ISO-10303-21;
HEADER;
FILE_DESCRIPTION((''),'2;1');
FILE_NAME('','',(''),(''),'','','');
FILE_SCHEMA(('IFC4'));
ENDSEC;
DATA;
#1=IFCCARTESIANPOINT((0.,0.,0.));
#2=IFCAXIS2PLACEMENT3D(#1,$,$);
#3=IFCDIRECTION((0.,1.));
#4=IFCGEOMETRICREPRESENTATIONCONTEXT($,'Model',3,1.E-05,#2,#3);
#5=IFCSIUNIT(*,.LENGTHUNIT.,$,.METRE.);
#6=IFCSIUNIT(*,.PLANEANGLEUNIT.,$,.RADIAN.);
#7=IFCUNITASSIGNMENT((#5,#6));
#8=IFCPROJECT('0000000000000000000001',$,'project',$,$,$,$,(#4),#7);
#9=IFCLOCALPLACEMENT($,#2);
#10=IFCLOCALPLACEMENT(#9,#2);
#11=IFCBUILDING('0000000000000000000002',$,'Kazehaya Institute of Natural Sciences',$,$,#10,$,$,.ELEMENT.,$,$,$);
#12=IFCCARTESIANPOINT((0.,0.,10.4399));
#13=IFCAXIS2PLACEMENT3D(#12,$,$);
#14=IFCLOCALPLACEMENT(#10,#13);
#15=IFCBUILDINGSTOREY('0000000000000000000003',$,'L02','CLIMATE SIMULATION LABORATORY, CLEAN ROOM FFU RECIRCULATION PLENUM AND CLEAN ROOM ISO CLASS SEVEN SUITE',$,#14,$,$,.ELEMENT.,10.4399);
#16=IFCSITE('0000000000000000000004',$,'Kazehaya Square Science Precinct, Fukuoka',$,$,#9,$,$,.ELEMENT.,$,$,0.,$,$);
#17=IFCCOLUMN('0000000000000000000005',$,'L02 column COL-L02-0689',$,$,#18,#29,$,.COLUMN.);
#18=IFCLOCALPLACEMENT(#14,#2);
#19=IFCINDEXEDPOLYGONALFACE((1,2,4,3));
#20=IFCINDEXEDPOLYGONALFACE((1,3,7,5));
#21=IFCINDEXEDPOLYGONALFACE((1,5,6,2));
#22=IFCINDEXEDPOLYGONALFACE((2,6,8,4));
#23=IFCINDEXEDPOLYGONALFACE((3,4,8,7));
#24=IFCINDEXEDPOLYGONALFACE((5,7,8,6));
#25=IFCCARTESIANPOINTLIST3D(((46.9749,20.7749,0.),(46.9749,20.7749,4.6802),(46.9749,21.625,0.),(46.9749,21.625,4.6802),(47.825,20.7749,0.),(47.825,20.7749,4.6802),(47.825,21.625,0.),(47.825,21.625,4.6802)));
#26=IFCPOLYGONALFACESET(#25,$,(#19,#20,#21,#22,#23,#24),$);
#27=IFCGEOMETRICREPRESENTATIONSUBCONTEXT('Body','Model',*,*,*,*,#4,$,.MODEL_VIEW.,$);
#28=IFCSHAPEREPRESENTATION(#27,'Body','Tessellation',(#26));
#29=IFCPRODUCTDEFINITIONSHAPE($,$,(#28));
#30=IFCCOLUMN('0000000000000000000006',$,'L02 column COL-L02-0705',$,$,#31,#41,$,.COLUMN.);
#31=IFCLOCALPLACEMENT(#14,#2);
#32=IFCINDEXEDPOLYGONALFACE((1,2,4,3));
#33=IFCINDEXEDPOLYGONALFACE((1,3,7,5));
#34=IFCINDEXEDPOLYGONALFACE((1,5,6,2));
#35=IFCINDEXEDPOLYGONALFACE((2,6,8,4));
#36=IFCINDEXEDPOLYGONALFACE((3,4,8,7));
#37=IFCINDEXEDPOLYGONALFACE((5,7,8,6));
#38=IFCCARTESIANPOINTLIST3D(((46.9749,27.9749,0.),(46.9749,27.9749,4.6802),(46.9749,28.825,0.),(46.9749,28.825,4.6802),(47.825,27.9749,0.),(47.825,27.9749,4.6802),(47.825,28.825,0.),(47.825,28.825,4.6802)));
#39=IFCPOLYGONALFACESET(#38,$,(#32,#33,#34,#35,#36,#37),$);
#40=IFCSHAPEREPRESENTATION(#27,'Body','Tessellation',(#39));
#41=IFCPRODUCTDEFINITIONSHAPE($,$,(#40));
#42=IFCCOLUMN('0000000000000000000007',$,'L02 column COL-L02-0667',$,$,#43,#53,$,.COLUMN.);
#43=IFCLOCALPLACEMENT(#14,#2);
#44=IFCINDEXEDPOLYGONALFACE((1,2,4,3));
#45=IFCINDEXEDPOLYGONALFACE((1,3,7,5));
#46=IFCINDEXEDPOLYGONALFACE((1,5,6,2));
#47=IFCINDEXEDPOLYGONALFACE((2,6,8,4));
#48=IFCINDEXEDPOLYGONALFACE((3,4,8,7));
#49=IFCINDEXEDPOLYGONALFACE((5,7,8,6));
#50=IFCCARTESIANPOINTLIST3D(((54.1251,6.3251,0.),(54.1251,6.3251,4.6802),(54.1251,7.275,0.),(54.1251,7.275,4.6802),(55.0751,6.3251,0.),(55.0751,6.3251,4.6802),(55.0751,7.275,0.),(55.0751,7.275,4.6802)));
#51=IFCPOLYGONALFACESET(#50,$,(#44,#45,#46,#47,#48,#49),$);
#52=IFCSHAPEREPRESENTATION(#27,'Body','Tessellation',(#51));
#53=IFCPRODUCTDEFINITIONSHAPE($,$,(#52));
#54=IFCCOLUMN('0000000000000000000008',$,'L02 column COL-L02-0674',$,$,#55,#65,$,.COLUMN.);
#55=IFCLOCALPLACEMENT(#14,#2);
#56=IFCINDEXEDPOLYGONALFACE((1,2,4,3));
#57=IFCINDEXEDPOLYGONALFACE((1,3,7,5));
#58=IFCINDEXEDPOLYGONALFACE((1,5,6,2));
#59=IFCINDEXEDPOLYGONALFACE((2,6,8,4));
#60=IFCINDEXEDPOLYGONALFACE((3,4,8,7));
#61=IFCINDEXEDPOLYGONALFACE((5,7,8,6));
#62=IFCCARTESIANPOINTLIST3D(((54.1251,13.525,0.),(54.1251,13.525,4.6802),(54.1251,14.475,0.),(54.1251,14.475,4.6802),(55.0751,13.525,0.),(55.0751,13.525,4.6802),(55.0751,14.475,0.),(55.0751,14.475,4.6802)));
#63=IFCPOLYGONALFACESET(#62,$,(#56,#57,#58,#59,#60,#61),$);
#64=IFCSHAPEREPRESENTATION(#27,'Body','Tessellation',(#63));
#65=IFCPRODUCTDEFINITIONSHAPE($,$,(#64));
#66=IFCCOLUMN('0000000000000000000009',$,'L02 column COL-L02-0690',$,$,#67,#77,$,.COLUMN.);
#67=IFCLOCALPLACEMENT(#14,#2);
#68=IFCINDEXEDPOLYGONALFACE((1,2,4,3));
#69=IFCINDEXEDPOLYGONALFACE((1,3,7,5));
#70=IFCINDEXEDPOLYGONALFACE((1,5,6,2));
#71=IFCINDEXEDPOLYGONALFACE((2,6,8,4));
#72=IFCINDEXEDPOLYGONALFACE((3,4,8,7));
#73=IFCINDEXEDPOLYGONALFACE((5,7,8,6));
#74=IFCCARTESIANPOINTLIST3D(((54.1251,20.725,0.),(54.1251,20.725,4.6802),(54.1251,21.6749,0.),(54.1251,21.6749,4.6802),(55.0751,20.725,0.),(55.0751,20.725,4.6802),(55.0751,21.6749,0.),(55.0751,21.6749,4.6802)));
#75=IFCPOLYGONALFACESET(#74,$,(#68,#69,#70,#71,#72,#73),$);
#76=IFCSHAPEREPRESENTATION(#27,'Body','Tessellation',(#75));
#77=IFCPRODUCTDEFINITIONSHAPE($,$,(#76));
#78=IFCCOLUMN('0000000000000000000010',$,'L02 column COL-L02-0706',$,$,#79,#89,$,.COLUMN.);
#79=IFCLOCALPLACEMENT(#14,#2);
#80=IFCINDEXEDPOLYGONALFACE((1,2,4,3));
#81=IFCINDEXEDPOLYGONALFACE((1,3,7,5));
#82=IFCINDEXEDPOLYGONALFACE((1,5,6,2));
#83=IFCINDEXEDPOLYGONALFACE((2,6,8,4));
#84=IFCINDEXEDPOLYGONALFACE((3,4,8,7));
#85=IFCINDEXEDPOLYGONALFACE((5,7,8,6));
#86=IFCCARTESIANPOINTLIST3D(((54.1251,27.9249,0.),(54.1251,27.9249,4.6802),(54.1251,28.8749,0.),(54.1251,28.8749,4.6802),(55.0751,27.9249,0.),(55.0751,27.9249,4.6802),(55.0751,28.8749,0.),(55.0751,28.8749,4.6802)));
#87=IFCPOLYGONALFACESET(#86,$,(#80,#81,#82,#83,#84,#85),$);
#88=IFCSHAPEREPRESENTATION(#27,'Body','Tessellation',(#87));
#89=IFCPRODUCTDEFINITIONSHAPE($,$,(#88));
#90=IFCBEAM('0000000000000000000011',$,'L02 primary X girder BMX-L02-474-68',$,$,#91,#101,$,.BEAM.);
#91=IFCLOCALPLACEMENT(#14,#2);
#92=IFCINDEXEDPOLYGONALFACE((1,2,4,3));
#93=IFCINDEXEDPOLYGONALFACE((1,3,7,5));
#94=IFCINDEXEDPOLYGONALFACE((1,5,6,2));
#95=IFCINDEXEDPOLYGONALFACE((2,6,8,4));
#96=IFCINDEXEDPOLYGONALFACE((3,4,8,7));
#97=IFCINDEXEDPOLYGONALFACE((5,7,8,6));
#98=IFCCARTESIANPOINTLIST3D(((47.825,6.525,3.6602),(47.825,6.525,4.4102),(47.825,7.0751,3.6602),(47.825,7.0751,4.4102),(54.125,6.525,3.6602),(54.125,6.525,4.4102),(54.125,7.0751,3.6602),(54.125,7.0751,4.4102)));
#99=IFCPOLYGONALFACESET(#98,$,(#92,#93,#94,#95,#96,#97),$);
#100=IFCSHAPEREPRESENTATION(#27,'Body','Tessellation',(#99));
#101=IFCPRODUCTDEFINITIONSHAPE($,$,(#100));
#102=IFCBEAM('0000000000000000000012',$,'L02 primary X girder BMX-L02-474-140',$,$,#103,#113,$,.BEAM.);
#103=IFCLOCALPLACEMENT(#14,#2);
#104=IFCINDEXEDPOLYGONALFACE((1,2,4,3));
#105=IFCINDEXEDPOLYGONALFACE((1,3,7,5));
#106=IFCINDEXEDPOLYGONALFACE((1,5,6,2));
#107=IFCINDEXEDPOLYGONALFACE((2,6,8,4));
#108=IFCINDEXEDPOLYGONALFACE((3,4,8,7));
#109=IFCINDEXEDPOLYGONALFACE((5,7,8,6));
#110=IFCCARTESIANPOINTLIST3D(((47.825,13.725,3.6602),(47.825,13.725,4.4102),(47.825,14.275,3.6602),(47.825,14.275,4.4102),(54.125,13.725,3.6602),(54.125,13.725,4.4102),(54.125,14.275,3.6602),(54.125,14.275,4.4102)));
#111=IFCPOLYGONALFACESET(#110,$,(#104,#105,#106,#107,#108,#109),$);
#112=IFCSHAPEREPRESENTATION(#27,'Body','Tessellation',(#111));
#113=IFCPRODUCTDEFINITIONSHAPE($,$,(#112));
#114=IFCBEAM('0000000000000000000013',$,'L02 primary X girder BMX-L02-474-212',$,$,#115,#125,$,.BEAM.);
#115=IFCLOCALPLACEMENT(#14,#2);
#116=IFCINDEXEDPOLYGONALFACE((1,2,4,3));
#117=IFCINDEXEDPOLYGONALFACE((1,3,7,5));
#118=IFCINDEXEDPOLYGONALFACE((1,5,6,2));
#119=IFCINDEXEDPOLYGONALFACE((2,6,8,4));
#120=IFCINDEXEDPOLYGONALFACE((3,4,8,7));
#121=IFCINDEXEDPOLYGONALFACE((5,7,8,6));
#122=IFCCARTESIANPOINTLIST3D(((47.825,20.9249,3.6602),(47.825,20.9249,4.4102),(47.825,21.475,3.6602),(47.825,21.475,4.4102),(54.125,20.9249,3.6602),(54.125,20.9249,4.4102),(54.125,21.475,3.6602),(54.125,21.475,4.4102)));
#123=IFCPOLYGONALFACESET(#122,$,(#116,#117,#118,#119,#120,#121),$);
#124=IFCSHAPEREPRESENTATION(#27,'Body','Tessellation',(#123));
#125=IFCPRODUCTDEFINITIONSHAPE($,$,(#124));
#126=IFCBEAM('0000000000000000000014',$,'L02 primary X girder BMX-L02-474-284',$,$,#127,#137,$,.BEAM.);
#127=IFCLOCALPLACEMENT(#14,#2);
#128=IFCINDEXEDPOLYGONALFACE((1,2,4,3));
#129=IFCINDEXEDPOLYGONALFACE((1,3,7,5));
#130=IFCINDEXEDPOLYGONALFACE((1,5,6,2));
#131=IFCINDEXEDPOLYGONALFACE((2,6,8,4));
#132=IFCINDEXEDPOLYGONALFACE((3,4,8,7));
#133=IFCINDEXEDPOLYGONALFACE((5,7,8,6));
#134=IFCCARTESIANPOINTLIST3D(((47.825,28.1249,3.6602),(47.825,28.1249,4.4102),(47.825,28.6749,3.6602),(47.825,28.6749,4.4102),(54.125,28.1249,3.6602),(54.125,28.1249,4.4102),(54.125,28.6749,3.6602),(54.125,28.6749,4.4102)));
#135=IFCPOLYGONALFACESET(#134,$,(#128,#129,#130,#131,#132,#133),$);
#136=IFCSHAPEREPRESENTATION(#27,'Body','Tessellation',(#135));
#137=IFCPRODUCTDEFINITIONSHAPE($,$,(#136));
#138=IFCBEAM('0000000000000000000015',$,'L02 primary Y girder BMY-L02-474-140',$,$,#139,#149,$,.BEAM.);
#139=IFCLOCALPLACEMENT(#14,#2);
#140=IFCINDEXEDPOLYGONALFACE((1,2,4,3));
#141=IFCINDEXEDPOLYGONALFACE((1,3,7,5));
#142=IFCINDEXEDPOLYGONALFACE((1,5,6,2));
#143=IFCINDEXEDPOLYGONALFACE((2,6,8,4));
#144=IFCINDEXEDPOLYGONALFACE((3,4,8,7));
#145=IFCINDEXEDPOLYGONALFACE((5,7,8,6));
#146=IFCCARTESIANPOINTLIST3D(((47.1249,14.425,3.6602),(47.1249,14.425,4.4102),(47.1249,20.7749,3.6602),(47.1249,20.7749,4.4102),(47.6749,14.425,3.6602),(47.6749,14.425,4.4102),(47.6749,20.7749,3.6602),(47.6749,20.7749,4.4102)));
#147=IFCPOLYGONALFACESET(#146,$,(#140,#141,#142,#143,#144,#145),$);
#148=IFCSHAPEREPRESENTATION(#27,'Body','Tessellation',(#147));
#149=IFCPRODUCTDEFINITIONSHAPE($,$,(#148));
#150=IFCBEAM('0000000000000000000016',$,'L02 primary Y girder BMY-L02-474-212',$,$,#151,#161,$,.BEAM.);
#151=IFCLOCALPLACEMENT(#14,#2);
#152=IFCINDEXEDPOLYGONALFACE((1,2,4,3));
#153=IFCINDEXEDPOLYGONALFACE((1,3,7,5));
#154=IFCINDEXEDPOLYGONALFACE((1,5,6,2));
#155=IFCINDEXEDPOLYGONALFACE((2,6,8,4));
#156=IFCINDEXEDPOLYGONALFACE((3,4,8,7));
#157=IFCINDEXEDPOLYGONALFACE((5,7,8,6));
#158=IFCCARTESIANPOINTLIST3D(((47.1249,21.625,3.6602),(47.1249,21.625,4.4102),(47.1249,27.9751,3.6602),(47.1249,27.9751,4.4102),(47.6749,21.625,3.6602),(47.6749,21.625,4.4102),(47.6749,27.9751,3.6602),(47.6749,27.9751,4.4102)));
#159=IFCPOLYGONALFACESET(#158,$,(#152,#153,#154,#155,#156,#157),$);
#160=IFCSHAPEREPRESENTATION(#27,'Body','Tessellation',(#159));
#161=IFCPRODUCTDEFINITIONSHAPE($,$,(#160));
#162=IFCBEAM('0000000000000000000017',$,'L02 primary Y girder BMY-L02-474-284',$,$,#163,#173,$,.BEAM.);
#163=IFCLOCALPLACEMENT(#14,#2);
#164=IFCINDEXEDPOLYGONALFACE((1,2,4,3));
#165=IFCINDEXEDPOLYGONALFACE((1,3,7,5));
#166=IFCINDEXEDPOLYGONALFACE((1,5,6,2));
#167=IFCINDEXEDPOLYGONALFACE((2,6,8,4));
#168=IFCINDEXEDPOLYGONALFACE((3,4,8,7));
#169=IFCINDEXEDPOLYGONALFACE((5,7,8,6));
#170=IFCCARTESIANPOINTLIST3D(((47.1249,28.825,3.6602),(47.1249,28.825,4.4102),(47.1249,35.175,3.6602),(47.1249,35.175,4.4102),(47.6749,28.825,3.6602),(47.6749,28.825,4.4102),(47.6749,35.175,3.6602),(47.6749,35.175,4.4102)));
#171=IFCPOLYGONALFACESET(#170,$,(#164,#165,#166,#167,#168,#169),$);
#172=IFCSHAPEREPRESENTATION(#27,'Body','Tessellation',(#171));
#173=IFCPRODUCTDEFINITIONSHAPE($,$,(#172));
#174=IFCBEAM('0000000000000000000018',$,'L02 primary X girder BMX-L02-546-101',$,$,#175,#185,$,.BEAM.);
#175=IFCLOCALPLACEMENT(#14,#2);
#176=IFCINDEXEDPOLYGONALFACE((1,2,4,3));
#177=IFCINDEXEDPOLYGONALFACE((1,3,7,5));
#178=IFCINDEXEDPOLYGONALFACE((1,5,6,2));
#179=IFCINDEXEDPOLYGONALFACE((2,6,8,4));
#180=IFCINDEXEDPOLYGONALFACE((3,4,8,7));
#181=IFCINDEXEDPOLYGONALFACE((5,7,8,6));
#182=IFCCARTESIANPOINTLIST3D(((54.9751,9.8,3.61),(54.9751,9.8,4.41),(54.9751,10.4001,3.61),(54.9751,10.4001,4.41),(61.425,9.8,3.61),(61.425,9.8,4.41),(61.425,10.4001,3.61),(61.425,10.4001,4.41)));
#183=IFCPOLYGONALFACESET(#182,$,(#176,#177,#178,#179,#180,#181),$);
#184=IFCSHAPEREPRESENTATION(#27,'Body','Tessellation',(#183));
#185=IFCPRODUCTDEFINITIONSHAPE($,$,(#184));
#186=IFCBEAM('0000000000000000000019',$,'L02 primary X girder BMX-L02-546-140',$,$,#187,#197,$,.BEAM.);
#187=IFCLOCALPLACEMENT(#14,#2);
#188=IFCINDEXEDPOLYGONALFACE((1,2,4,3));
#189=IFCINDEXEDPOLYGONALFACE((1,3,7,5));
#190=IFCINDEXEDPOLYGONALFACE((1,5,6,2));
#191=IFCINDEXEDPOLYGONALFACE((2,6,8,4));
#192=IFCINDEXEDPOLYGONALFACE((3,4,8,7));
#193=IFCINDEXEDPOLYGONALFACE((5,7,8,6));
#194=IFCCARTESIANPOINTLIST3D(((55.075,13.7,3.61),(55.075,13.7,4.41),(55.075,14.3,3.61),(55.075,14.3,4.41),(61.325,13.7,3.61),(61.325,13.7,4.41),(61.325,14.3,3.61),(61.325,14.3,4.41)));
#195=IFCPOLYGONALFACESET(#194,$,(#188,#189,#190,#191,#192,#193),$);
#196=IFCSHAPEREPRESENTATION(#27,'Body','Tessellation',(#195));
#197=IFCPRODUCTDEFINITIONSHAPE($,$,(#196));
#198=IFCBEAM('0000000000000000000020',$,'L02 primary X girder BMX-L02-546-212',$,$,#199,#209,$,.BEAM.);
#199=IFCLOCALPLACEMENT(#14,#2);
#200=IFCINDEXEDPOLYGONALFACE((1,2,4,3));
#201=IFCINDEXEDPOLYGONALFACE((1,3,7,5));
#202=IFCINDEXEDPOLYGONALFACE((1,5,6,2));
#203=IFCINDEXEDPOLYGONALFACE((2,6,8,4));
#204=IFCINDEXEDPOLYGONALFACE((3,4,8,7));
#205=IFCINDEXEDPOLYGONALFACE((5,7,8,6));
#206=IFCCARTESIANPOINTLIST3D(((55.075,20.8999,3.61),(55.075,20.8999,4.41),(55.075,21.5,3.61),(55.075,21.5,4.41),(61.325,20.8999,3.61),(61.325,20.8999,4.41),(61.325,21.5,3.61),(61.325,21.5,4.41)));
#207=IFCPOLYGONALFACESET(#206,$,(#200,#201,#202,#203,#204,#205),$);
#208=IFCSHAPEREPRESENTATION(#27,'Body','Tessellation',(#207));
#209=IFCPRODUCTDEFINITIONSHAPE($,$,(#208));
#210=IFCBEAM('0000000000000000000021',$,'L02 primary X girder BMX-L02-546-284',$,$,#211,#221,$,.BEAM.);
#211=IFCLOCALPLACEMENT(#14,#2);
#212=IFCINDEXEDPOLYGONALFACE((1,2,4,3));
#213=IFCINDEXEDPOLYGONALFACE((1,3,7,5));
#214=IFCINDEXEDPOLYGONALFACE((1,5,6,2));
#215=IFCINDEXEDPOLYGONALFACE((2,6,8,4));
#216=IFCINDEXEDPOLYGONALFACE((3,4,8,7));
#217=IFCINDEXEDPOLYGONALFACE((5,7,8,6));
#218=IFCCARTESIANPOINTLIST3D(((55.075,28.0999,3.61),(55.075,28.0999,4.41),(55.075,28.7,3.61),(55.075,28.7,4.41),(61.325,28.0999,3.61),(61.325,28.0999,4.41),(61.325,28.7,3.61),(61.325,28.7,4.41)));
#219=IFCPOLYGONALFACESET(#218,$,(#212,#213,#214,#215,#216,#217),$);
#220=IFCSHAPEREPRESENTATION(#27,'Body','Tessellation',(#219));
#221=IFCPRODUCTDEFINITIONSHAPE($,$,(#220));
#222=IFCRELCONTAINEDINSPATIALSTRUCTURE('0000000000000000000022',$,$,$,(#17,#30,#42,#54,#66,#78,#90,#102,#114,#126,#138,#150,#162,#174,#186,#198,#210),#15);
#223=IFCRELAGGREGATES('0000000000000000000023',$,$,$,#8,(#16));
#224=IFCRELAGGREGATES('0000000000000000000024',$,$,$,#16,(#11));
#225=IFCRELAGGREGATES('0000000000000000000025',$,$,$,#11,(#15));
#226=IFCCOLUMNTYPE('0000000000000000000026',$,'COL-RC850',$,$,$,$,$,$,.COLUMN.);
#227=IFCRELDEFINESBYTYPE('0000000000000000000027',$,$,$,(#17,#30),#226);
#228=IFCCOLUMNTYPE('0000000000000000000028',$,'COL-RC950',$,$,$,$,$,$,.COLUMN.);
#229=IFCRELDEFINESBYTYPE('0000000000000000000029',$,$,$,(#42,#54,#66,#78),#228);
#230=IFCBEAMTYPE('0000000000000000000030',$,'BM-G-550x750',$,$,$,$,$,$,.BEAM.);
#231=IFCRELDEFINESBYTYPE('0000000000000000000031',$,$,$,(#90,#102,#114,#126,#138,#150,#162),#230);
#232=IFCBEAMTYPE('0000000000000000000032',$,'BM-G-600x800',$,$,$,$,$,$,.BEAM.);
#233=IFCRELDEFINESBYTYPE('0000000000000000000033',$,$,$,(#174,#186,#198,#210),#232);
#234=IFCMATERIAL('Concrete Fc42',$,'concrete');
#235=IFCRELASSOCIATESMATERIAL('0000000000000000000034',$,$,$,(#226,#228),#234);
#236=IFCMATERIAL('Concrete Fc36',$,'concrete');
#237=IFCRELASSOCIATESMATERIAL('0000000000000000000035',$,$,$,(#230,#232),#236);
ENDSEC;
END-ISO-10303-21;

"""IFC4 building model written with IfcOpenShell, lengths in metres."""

from ifc_helpers import new_model, si_unit, direction, frame, origin, origin_2d, place, context, subcontext, project, spatial, rectangle, extrude, material, material_profile, profile_set, type_object, element, save


model = new_model("IFC4")

# Units and contexts
model_context = context("Model", 3, precision=1e-05, world=origin(), true_north=direction((0.0, 1.0)))
body_context = subcontext(model_context, "Body", "Model", "MODEL_VIEW")
ifc_project = project(units=[si_unit("LENGTHUNIT", "METRE"), si_unit("PLANEANGLEUNIT", "RADIAN")], contexts=[model_context])

# Site, building, storey
site_placement = place(None, origin())
site = spatial("IfcSite", under=ifc_project, at=site_placement, Name="Kazehaya Square Science Precinct, Fukuoka", CompositionType="ELEMENT", RefElevation=0.0)
building_placement = place(site_placement, origin())
building = spatial("IfcBuilding", under=site, at=building_placement, Name="Kazehaya Institute of Natural Sciences", CompositionType="ELEMENT")
storey_placement = place(building_placement, frame((0.0, 0.0, 10.4399)))
storey = spatial("IfcBuildingStorey", under=building, at=storey_placement, Name="L02", Description="CLIMATE SIMULATION LABORATORY, CLEAN ROOM FFU RECIRCULATION PLENUM AND CLEAN ROOM ISO CLASS SEVEN SUITE", CompositionType="ELEMENT", Elevation=10.4399)

# Columns
ifc_material_1 = material(Name="Concrete Fc42", Category="concrete")
ifc_material_profile_1 = material_profile(ifc_material_1, rectangle(XDim=0.8501, YDim=0.8501, at=origin_2d()), Name="RC-850x850")
ifc_profile_set_1 = profile_set([ifc_material_profile_1], Name="Concrete Fc42")
column_type_1 = type_object("IfcColumnType", Name="COL-RC850", PredefinedType="COLUMN", material=ifc_profile_set_1)
for number, where, z_axis, x_axis, name in (
    (1, (47.3999, 21.2, 0.0), (0.0, 0.0, 1.0), (1.0, 0.0, 0.0), "L02 column COL-L02-0689"),
    (2, (47.3999, 28.3999, 0.0), (0.0, 0.0, 1.0), (1.0, 0.0, 0.0), "L02 column COL-L02-0705"),
):
    element("IfcColumn", number, at=place(storey_placement, frame(where, z_axis=z_axis, x_axis=x_axis)), inside=storey, type_object=column_type_1, Name=name, PredefinedType="COLUMN", context=body_context, shape_type="SweptSolid", body=[
        extrude(rectangle(XDim=0.8501, YDim=0.8501, at=origin_2d()), origin(), (0.0, 0.0, 1.0), 4.6802),
    ])
ifc_material_profile_2 = material_profile(ifc_material_1, rectangle(XDim=0.95, YDim=0.95, at=origin_2d()), Name="RC-950x950")
ifc_profile_set_2 = profile_set([ifc_material_profile_2], Name="Concrete Fc42")
column_type_2 = type_object("IfcColumnType", Name="COL-RC950", PredefinedType="COLUMN", material=ifc_profile_set_2)
for number, where, z_axis, x_axis, name in (
    (3, (54.6001, 6.8, 0.0), (0.0, 0.0, 1.0), (1.0, 0.0, 0.0), "L02 column COL-L02-0667"),
    (4, (54.6001, 14.0, 0.0), (0.0, 0.0, 1.0), (1.0, 0.0, 0.0), "L02 column COL-L02-0674"),
    (5, (54.6001, 21.2, 0.0), (0.0, 0.0, 1.0), (1.0, 0.0, 0.0), "L02 column COL-L02-0690"),
    (6, (54.6001, 28.3999, 0.0), (0.0, 0.0, 1.0), (1.0, 0.0, 0.0), "L02 column COL-L02-0706"),
):
    element("IfcColumn", number, at=place(storey_placement, frame(where, z_axis=z_axis, x_axis=x_axis)), inside=storey, type_object=column_type_2, Name=name, PredefinedType="COLUMN", context=body_context, shape_type="SweptSolid", body=[
        extrude(rectangle(XDim=0.95, YDim=0.95, at=origin_2d()), origin(), (0.0, 0.0, 1.0), 4.6802),
    ])

# Beams
ifc_material_2 = material(Name="Concrete Fc36", Category="concrete")
ifc_material_profile_3 = material_profile(ifc_material_2, rectangle(XDim=0.55, YDim=0.75, at=origin_2d()), Name="RC-550x750")
ifc_profile_set_3 = profile_set([ifc_material_profile_3], Name="Concrete Fc36")
beam_type_1 = type_object("IfcBeamType", Name="BM-G-550x750", PredefinedType="BEAM", material=ifc_profile_set_3)
for number, where, z_axis, x_axis, name in (
    (7, (47.825, 6.8, 4.0352), (1.0, 0.0, 0.0), (0.0, 1.0, 0.0), "L02 primary X girder BMX-L02-474-68"),
    (8, (47.825, 14.0, 4.0352), (1.0, 0.0, 0.0), (0.0, 1.0, 0.0), "L02 primary X girder BMX-L02-474-140"),
    (9, (47.825, 21.2, 4.0352), (1.0, 0.0, 0.0), (0.0, 1.0, 0.0), "L02 primary X girder BMX-L02-474-212"),
    (10, (47.825, 28.3999, 4.0352), (1.0, 0.0, 0.0), (0.0, 1.0, 0.0), "L02 primary X girder BMX-L02-474-284"),
):
    element("IfcBeam", number, at=place(storey_placement, frame(where, z_axis=z_axis, x_axis=x_axis)), inside=storey, type_object=beam_type_1, Name=name, PredefinedType="BEAM", context=body_context, shape_type="SweptSolid", body=[
        extrude(rectangle(XDim=0.55, YDim=0.75, at=origin_2d()), origin(), (0.0, 0.0, 1.0), 6.3),
    ])
beam_1_placement = place(storey_placement, frame((47.3999, 14.425, 4.0352), z_axis=(0.0, 1.0, 0.0), x_axis=(-1.0, 0.0, 0.0)))
element("IfcBeam", 11, at=beam_1_placement, inside=storey, type_object=beam_type_1, Name="L02 primary Y girder BMY-L02-474-140", PredefinedType="BEAM", context=body_context, shape_type="SweptSolid", body=[
    extrude(rectangle(XDim=0.55, YDim=0.75, at=origin_2d()), origin(), (0.0, 0.0, 1.0), 6.3499),
])
for number, where, z_axis, x_axis, name in (
    (12, (47.3999, 21.625, 4.0352), (0.0, 1.0, 0.0), (-1.0, 0.0, 0.0), "L02 primary Y girder BMY-L02-474-212"),
    (13, (47.3999, 28.825, 4.0352), (0.0, 1.0, 0.0), (-1.0, 0.0, 0.0), "L02 primary Y girder BMY-L02-474-284"),
):
    element("IfcBeam", number, at=place(storey_placement, frame(where, z_axis=z_axis, x_axis=x_axis)), inside=storey, type_object=beam_type_1, Name=name, PredefinedType="BEAM", context=body_context, shape_type="SweptSolid", body=[
        extrude(rectangle(XDim=0.55, YDim=0.75, at=origin_2d()), origin(), (0.0, 0.0, 1.0), 6.3501),
    ])
ifc_material_profile_4 = material_profile(ifc_material_2, rectangle(XDim=0.6001, YDim=0.8, at=origin_2d()), Name="RC-600x800")
ifc_profile_set_4 = profile_set([ifc_material_profile_4], Name="Concrete Fc36")
beam_type_2 = type_object("IfcBeamType", Name="BM-G-600x800", PredefinedType="BEAM", material=ifc_profile_set_4)
beam_2_placement = place(storey_placement, frame((54.9751, 10.1001, 4.01), z_axis=(1.0, 0.0, 0.0), x_axis=(0.0, 1.0, 0.0)))
element("IfcBeam", 14, at=beam_2_placement, inside=storey, type_object=beam_type_2, Name="L02 primary X girder BMX-L02-546-101", PredefinedType="BEAM", context=body_context, shape_type="SweptSolid", body=[
    extrude(rectangle(XDim=0.6001, YDim=0.8, at=origin_2d()), origin(), (0.0, 0.0, 1.0), 6.45),
])
for number, where, z_axis, x_axis, name in (
    (15, (55.075, 14.0, 4.01), (1.0, 0.0, 0.0), (0.0, 1.0, 0.0), "L02 primary X girder BMX-L02-546-140"),
    (16, (55.075, 21.2, 4.01), (1.0, 0.0, 0.0), (0.0, 1.0, 0.0), "L02 primary X girder BMX-L02-546-212"),
    (17, (55.075, 28.3999, 4.01), (1.0, 0.0, 0.0), (0.0, 1.0, 0.0), "L02 primary X girder BMX-L02-546-284"),
):
    element("IfcBeam", number, at=place(storey_placement, frame(where, z_axis=z_axis, x_axis=x_axis)), inside=storey, type_object=beam_type_2, Name=name, PredefinedType="BEAM", context=body_context, shape_type="SweptSolid", body=[
        extrude(rectangle(XDim=0.6001, YDim=0.8, at=origin_2d()), origin(), (0.0, 0.0, 1.0), 6.25),
    ])

save(model, "model.ifc")
